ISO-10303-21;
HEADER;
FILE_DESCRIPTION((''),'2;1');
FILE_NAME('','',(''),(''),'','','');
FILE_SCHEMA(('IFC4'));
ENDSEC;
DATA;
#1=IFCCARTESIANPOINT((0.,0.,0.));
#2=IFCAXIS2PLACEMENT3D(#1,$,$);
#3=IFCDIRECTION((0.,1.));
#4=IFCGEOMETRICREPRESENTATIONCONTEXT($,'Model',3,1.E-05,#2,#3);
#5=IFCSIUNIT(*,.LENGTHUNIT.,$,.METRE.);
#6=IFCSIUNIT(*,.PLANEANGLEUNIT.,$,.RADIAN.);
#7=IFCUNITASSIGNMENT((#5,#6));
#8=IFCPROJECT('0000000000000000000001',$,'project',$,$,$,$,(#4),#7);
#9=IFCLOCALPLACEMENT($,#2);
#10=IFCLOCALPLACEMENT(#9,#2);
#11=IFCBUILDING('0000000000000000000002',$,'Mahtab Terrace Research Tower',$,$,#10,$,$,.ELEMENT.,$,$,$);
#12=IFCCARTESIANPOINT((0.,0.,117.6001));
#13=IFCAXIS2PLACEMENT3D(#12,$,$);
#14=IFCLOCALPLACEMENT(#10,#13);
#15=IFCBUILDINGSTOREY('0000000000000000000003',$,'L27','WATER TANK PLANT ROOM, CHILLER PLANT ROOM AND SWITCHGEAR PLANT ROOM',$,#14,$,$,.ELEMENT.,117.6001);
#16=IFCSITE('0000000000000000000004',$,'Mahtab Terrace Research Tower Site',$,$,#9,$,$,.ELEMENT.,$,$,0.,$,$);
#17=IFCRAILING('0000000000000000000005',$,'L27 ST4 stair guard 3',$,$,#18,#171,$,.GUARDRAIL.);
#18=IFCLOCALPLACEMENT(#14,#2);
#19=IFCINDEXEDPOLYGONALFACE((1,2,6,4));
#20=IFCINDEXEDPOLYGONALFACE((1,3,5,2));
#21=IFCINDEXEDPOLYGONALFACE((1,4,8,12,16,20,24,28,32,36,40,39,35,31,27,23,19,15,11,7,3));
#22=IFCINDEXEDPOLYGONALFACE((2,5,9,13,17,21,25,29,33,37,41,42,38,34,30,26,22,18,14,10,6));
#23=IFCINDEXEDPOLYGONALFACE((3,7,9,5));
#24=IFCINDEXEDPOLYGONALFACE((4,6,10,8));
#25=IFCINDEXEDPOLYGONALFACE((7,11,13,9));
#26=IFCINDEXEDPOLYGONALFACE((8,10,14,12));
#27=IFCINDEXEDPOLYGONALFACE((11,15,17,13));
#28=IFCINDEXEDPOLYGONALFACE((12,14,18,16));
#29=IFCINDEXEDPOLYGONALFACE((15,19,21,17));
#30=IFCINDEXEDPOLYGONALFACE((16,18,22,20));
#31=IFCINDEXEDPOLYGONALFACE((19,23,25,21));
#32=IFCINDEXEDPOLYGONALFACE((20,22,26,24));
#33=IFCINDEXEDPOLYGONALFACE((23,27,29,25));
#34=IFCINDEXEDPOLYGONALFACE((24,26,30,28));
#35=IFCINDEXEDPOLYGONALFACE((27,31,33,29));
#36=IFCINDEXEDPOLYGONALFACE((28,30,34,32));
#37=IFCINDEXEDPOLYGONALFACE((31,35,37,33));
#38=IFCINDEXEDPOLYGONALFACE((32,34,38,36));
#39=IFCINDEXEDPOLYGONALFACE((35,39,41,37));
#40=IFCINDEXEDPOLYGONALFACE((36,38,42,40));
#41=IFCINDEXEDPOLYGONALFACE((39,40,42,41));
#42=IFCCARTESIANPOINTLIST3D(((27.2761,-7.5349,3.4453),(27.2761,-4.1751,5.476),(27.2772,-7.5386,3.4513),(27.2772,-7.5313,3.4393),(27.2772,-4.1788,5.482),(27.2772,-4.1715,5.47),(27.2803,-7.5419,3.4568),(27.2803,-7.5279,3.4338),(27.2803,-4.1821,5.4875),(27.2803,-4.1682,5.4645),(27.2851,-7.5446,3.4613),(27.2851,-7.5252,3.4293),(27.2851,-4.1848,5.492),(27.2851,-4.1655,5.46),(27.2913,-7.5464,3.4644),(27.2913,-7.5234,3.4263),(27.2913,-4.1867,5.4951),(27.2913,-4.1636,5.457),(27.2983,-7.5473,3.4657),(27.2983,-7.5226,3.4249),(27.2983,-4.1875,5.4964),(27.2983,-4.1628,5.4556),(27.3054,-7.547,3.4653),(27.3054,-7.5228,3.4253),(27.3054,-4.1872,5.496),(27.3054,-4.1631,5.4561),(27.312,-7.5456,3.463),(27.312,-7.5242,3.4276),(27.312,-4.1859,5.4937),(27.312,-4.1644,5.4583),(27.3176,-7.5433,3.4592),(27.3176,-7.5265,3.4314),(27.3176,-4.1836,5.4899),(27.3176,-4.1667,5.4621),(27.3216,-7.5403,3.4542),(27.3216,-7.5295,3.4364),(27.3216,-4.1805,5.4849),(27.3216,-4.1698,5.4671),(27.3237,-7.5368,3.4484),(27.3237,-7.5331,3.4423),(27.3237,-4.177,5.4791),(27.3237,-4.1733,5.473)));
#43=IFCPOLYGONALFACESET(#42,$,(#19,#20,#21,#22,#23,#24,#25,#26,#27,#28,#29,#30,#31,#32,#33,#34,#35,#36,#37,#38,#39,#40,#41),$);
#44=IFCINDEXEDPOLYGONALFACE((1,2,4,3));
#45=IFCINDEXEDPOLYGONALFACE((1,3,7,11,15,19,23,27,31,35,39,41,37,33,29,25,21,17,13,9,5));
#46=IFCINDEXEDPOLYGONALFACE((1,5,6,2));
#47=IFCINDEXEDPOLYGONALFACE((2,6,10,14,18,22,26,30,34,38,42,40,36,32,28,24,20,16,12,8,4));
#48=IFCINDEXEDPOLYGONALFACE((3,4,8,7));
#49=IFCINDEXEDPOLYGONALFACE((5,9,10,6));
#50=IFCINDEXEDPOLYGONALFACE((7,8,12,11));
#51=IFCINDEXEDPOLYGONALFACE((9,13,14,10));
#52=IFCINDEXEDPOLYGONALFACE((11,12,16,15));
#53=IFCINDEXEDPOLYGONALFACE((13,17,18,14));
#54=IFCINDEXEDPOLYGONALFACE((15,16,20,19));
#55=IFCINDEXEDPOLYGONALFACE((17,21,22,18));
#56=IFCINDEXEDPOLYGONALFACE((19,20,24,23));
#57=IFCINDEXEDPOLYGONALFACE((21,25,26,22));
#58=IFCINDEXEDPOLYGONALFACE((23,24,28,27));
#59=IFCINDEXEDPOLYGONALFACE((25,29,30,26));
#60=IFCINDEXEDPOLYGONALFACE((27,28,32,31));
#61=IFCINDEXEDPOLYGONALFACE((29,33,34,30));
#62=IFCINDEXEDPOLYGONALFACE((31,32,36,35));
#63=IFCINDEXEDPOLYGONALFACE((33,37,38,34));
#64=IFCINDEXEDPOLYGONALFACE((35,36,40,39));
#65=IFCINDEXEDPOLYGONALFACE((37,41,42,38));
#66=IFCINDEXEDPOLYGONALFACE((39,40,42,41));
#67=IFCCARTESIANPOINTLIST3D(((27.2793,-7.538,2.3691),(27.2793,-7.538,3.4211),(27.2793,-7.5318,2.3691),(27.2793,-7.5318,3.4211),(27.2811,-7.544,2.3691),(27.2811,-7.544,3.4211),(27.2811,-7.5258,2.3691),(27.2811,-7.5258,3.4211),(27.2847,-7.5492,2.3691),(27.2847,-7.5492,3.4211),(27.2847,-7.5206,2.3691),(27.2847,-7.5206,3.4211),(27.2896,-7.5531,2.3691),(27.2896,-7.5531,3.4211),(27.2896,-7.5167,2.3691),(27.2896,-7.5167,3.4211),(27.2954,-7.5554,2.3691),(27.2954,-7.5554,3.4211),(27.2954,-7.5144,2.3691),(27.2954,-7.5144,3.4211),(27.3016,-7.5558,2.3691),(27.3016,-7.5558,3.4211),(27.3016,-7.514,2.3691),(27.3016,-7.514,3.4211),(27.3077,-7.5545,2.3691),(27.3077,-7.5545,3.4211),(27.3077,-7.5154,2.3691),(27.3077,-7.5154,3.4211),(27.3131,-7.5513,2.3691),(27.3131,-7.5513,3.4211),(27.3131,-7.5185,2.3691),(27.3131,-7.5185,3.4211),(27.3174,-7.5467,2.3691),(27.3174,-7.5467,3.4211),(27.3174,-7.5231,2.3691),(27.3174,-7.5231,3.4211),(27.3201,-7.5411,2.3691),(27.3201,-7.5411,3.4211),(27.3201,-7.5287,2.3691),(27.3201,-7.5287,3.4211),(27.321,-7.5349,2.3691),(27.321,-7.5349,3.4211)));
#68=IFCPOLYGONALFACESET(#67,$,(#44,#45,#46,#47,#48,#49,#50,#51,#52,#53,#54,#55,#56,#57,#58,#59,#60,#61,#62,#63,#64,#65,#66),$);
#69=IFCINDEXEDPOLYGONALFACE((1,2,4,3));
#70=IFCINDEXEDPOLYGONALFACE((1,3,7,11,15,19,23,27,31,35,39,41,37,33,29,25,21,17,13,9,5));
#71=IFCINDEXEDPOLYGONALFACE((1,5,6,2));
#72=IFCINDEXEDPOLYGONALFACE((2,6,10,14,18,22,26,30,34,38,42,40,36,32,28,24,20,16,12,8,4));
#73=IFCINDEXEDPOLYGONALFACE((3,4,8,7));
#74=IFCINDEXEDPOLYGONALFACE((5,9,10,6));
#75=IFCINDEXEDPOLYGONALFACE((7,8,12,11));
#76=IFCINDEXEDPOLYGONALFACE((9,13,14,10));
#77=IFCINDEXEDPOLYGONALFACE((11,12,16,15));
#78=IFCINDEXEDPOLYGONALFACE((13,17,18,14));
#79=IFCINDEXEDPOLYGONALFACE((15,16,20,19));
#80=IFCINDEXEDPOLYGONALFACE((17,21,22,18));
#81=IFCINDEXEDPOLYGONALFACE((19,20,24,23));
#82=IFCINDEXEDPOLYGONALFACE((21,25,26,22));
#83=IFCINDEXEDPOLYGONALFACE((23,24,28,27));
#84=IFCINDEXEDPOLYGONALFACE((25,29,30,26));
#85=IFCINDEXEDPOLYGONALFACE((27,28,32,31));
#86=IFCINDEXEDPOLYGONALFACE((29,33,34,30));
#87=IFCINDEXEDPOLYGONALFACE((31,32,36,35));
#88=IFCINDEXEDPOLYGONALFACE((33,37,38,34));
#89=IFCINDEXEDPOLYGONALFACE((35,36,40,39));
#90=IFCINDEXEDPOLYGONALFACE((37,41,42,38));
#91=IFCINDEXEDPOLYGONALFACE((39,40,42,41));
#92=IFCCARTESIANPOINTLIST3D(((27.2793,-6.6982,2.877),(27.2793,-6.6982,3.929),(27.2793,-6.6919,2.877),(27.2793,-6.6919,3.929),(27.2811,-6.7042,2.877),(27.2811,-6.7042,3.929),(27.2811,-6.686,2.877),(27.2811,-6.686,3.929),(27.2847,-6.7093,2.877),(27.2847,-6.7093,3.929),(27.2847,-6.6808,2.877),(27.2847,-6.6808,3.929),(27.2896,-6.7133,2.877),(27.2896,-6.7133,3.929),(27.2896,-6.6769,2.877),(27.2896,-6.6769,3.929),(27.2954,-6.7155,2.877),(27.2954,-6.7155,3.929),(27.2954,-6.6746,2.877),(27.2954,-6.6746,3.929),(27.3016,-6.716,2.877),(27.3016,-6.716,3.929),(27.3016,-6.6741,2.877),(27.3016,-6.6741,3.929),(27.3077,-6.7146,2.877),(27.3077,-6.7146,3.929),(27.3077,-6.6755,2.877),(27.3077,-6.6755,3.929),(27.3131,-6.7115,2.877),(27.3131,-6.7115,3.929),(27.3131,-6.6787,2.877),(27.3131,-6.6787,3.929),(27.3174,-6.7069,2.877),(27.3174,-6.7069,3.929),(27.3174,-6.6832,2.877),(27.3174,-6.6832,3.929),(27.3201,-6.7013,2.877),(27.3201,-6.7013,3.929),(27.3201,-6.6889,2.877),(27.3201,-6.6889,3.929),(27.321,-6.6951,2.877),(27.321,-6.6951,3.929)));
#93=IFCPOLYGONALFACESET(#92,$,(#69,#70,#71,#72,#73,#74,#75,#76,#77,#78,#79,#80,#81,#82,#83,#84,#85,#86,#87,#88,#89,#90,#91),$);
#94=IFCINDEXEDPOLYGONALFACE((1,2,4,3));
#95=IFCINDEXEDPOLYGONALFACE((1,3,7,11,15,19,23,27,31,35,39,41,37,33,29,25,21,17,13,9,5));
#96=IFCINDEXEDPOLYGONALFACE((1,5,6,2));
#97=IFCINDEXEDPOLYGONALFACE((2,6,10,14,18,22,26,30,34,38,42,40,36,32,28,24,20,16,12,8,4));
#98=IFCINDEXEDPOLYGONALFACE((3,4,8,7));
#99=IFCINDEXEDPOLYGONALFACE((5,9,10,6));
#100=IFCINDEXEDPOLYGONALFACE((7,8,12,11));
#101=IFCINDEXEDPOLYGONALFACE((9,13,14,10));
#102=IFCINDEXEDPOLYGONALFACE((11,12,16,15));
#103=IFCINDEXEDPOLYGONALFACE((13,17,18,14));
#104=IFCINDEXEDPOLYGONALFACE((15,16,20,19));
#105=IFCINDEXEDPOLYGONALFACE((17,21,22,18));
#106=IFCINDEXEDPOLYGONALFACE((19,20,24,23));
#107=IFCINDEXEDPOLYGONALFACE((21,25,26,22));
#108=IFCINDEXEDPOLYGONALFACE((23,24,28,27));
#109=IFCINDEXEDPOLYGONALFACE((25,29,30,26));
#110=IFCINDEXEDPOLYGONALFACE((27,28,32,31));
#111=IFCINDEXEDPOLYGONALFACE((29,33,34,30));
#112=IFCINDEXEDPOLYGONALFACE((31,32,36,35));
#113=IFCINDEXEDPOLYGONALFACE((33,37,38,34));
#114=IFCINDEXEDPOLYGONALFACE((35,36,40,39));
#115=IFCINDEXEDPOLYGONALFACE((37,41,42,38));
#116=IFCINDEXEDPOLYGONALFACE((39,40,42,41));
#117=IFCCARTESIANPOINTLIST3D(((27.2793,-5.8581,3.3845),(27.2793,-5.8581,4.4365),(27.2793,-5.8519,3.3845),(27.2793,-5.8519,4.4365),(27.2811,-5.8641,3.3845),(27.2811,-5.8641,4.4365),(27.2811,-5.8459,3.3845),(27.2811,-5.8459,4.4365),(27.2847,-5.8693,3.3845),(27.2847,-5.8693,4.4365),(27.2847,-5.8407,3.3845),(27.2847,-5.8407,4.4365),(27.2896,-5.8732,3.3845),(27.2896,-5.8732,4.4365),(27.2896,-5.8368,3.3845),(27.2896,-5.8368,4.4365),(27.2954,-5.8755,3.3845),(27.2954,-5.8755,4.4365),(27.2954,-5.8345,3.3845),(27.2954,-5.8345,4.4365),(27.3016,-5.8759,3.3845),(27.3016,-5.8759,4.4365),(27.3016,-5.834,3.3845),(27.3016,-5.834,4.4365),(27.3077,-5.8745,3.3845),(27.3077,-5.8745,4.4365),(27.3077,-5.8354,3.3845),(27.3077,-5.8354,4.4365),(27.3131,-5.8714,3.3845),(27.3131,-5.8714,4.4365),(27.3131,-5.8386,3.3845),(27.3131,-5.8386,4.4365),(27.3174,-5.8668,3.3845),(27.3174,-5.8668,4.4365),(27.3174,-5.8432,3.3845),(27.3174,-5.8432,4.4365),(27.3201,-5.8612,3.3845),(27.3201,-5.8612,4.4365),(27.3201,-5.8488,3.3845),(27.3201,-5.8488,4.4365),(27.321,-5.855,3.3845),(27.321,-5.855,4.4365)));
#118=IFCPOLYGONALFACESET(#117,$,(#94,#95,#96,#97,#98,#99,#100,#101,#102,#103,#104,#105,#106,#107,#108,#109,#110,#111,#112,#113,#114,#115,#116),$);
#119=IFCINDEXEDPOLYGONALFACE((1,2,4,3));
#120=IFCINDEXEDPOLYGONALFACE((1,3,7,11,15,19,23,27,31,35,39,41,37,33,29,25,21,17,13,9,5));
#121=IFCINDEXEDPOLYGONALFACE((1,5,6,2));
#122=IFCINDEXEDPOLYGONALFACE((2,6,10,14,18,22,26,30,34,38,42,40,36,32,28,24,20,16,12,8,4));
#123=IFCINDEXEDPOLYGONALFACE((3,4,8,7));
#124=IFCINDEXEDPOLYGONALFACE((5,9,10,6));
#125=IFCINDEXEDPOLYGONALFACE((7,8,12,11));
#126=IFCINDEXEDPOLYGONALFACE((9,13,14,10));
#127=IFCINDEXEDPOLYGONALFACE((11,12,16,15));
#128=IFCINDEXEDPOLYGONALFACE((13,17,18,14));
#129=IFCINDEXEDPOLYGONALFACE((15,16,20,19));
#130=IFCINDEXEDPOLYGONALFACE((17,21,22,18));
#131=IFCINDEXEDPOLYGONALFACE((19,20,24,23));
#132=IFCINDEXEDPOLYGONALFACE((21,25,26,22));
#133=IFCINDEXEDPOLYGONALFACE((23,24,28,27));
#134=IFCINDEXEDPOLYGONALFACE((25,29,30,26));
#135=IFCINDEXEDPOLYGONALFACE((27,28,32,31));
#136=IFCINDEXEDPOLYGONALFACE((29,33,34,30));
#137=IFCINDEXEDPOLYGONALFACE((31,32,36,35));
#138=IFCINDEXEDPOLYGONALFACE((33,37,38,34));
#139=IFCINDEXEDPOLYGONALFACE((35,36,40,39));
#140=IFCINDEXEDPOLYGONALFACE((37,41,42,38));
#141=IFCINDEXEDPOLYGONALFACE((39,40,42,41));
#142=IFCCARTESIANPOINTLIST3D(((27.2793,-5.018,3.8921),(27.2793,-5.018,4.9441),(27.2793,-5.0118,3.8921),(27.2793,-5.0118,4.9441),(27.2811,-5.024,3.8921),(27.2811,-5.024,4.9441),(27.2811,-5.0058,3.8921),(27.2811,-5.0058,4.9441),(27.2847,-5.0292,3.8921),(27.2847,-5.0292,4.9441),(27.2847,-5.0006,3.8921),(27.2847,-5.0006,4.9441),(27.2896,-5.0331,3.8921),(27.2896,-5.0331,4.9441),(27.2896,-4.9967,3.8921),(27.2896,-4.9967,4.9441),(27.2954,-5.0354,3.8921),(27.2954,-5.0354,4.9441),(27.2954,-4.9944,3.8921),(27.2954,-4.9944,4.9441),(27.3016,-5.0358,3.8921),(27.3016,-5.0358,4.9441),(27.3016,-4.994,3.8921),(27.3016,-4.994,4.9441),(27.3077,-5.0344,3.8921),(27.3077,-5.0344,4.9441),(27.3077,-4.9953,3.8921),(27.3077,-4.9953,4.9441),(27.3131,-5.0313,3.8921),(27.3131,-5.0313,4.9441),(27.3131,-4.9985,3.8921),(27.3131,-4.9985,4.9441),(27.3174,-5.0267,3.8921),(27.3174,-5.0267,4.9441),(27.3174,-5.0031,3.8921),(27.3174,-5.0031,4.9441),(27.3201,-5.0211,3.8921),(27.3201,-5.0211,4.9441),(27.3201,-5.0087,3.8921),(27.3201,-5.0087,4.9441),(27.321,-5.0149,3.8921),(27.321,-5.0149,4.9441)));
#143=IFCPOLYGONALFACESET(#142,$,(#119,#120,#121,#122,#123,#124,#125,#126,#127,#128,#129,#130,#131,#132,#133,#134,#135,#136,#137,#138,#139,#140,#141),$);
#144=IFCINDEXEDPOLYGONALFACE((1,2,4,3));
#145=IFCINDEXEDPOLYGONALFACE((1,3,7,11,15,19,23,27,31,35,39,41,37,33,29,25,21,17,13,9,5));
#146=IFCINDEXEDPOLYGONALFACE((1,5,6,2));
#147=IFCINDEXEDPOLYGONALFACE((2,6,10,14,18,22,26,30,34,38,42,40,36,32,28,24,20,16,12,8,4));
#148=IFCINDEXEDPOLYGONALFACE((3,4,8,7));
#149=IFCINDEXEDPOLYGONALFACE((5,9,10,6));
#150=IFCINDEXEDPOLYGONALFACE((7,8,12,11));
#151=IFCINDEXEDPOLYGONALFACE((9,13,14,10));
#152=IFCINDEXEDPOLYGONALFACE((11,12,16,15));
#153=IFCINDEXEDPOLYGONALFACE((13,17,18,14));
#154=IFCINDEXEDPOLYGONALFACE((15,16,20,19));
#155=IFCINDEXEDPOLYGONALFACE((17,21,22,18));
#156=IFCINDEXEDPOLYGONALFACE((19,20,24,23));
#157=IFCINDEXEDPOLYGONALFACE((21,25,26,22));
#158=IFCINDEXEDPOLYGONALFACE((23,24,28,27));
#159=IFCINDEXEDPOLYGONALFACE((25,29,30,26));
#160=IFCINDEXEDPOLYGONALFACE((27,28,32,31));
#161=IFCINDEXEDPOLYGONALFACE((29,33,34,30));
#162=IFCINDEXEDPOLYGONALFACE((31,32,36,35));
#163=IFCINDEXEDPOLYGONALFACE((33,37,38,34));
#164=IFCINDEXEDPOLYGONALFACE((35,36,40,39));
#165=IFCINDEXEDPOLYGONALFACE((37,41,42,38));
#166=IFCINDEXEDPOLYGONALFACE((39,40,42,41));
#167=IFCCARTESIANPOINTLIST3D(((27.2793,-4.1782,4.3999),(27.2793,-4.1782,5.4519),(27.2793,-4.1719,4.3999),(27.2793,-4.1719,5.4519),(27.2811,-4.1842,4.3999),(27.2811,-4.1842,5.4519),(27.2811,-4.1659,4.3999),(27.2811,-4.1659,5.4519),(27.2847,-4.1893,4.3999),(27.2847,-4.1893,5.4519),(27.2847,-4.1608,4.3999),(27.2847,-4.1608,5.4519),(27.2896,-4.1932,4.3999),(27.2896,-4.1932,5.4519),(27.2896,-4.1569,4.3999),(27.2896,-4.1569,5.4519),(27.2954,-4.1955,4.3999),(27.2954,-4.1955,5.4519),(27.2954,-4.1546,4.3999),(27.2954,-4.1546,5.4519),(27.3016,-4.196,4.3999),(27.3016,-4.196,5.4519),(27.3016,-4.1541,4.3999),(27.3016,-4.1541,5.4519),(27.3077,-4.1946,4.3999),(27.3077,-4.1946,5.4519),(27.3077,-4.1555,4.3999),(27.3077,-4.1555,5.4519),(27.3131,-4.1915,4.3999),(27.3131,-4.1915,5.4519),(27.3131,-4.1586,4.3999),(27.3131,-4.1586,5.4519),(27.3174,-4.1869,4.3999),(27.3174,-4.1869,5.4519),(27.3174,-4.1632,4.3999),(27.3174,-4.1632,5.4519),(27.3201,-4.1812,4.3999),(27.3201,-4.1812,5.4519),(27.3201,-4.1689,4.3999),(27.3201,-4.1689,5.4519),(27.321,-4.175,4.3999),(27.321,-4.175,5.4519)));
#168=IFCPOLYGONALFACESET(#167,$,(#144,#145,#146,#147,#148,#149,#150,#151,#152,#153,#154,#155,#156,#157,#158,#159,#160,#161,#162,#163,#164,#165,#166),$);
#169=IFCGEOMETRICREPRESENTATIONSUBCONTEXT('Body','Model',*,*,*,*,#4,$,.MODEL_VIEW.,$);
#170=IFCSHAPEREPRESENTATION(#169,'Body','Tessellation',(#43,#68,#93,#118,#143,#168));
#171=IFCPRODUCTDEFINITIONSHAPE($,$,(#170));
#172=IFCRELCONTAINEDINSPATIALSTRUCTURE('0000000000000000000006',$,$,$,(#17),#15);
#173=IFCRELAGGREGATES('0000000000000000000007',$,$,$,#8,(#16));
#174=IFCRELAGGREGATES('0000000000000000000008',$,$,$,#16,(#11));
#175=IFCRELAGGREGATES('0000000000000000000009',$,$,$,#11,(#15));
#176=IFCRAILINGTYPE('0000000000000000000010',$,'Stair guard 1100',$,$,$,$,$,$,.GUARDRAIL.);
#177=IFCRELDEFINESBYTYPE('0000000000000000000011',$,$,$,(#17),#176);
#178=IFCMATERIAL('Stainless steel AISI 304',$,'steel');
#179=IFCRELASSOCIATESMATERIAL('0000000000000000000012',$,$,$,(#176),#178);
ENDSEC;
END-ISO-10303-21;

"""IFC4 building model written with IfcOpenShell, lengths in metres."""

from ifc_helpers import new_model, si_unit, direction, frame, origin, origin_2d, place, context, subcontext, project, spatial, circle, extrude, material, type_object, element, save


model = new_model("IFC4")

# Units and contexts
model_context = context("Model", 3, precision=1e-05, world=origin(), true_north=direction((0.0, 1.0)))
body_context = subcontext(model_context, "Body", "Model", "MODEL_VIEW")
ifc_project = project(units=[si_unit("LENGTHUNIT", "METRE"), si_unit("PLANEANGLEUNIT", "RADIAN")], contexts=[model_context])

# Site, building, storey
site_placement = place(None, origin())
site = spatial("IfcSite", under=ifc_project, at=site_placement, Name="Mahtab Terrace Research Tower Site", CompositionType="ELEMENT", RefElevation=0.0)
building_placement = place(site_placement, origin())
building = spatial("IfcBuilding", under=site, at=building_placement, Name="Mahtab Terrace Research Tower", CompositionType="ELEMENT")
storey_placement = place(building_placement, frame((0.0, 0.0, 117.6001)))
storey = spatial("IfcBuildingStorey", under=building, at=storey_placement, Name="L27", Description="WATER TANK PLANT ROOM, CHILLER PLANT ROOM AND SWITCHGEAR PLANT ROOM", CompositionType="ELEMENT", Elevation=117.6001)

# Railing
ifc_material_1 = material(Name="Stainless steel AISI 304", Category="steel")
railing_type_1 = type_object("IfcRailingType", Name="Stair guard 1100", PredefinedType="GUARDRAIL", material=ifc_material_1)
railing_1_placement = place(storey_placement, frame((27.3, -7.5349, 2.3691)))
element("IfcRailing", 1, at=railing_1_placement, inside=storey, type_object=railing_type_1, Name="L27 ST4 stair guard 3", PredefinedType="GUARDRAIL", context=body_context, shape_type="SweptSolid", body=[
    extrude(circle(Radius=0.0239, at=origin_2d()), frame((0.0, 0.0, 1.0762), z_axis=(0.0, 0.85582, 0.517273), x_axis=(-1.0, 0.0, 0.0)), (0.0, 0.0, 1.0), 3.9258),
    extrude(circle(Radius=0.021, at=origin_2d()), origin(), (0.0, 0.0, 1.0), 1.052),
    extrude(circle(Radius=0.021, at=origin_2d()), frame((0.0, 0.8398, 0.5078)), (0.0, 0.0, 1.0), 1.052),
    extrude(circle(Radius=0.021, at=origin_2d()), frame((0.0, 1.6799, 1.0154)), (0.0, 0.0, 1.0), 1.052),
    extrude(circle(Radius=0.021, at=origin_2d()), frame((0.0, 2.52, 1.5229)), (0.0, 0.0, 1.0), 1.052),
    extrude(circle(Radius=0.021, at=origin_2d()), frame((0.0, 3.3599, 2.0308)), (0.0, 0.0, 1.0), 1.052),
])

save(model, "model.ifc")
